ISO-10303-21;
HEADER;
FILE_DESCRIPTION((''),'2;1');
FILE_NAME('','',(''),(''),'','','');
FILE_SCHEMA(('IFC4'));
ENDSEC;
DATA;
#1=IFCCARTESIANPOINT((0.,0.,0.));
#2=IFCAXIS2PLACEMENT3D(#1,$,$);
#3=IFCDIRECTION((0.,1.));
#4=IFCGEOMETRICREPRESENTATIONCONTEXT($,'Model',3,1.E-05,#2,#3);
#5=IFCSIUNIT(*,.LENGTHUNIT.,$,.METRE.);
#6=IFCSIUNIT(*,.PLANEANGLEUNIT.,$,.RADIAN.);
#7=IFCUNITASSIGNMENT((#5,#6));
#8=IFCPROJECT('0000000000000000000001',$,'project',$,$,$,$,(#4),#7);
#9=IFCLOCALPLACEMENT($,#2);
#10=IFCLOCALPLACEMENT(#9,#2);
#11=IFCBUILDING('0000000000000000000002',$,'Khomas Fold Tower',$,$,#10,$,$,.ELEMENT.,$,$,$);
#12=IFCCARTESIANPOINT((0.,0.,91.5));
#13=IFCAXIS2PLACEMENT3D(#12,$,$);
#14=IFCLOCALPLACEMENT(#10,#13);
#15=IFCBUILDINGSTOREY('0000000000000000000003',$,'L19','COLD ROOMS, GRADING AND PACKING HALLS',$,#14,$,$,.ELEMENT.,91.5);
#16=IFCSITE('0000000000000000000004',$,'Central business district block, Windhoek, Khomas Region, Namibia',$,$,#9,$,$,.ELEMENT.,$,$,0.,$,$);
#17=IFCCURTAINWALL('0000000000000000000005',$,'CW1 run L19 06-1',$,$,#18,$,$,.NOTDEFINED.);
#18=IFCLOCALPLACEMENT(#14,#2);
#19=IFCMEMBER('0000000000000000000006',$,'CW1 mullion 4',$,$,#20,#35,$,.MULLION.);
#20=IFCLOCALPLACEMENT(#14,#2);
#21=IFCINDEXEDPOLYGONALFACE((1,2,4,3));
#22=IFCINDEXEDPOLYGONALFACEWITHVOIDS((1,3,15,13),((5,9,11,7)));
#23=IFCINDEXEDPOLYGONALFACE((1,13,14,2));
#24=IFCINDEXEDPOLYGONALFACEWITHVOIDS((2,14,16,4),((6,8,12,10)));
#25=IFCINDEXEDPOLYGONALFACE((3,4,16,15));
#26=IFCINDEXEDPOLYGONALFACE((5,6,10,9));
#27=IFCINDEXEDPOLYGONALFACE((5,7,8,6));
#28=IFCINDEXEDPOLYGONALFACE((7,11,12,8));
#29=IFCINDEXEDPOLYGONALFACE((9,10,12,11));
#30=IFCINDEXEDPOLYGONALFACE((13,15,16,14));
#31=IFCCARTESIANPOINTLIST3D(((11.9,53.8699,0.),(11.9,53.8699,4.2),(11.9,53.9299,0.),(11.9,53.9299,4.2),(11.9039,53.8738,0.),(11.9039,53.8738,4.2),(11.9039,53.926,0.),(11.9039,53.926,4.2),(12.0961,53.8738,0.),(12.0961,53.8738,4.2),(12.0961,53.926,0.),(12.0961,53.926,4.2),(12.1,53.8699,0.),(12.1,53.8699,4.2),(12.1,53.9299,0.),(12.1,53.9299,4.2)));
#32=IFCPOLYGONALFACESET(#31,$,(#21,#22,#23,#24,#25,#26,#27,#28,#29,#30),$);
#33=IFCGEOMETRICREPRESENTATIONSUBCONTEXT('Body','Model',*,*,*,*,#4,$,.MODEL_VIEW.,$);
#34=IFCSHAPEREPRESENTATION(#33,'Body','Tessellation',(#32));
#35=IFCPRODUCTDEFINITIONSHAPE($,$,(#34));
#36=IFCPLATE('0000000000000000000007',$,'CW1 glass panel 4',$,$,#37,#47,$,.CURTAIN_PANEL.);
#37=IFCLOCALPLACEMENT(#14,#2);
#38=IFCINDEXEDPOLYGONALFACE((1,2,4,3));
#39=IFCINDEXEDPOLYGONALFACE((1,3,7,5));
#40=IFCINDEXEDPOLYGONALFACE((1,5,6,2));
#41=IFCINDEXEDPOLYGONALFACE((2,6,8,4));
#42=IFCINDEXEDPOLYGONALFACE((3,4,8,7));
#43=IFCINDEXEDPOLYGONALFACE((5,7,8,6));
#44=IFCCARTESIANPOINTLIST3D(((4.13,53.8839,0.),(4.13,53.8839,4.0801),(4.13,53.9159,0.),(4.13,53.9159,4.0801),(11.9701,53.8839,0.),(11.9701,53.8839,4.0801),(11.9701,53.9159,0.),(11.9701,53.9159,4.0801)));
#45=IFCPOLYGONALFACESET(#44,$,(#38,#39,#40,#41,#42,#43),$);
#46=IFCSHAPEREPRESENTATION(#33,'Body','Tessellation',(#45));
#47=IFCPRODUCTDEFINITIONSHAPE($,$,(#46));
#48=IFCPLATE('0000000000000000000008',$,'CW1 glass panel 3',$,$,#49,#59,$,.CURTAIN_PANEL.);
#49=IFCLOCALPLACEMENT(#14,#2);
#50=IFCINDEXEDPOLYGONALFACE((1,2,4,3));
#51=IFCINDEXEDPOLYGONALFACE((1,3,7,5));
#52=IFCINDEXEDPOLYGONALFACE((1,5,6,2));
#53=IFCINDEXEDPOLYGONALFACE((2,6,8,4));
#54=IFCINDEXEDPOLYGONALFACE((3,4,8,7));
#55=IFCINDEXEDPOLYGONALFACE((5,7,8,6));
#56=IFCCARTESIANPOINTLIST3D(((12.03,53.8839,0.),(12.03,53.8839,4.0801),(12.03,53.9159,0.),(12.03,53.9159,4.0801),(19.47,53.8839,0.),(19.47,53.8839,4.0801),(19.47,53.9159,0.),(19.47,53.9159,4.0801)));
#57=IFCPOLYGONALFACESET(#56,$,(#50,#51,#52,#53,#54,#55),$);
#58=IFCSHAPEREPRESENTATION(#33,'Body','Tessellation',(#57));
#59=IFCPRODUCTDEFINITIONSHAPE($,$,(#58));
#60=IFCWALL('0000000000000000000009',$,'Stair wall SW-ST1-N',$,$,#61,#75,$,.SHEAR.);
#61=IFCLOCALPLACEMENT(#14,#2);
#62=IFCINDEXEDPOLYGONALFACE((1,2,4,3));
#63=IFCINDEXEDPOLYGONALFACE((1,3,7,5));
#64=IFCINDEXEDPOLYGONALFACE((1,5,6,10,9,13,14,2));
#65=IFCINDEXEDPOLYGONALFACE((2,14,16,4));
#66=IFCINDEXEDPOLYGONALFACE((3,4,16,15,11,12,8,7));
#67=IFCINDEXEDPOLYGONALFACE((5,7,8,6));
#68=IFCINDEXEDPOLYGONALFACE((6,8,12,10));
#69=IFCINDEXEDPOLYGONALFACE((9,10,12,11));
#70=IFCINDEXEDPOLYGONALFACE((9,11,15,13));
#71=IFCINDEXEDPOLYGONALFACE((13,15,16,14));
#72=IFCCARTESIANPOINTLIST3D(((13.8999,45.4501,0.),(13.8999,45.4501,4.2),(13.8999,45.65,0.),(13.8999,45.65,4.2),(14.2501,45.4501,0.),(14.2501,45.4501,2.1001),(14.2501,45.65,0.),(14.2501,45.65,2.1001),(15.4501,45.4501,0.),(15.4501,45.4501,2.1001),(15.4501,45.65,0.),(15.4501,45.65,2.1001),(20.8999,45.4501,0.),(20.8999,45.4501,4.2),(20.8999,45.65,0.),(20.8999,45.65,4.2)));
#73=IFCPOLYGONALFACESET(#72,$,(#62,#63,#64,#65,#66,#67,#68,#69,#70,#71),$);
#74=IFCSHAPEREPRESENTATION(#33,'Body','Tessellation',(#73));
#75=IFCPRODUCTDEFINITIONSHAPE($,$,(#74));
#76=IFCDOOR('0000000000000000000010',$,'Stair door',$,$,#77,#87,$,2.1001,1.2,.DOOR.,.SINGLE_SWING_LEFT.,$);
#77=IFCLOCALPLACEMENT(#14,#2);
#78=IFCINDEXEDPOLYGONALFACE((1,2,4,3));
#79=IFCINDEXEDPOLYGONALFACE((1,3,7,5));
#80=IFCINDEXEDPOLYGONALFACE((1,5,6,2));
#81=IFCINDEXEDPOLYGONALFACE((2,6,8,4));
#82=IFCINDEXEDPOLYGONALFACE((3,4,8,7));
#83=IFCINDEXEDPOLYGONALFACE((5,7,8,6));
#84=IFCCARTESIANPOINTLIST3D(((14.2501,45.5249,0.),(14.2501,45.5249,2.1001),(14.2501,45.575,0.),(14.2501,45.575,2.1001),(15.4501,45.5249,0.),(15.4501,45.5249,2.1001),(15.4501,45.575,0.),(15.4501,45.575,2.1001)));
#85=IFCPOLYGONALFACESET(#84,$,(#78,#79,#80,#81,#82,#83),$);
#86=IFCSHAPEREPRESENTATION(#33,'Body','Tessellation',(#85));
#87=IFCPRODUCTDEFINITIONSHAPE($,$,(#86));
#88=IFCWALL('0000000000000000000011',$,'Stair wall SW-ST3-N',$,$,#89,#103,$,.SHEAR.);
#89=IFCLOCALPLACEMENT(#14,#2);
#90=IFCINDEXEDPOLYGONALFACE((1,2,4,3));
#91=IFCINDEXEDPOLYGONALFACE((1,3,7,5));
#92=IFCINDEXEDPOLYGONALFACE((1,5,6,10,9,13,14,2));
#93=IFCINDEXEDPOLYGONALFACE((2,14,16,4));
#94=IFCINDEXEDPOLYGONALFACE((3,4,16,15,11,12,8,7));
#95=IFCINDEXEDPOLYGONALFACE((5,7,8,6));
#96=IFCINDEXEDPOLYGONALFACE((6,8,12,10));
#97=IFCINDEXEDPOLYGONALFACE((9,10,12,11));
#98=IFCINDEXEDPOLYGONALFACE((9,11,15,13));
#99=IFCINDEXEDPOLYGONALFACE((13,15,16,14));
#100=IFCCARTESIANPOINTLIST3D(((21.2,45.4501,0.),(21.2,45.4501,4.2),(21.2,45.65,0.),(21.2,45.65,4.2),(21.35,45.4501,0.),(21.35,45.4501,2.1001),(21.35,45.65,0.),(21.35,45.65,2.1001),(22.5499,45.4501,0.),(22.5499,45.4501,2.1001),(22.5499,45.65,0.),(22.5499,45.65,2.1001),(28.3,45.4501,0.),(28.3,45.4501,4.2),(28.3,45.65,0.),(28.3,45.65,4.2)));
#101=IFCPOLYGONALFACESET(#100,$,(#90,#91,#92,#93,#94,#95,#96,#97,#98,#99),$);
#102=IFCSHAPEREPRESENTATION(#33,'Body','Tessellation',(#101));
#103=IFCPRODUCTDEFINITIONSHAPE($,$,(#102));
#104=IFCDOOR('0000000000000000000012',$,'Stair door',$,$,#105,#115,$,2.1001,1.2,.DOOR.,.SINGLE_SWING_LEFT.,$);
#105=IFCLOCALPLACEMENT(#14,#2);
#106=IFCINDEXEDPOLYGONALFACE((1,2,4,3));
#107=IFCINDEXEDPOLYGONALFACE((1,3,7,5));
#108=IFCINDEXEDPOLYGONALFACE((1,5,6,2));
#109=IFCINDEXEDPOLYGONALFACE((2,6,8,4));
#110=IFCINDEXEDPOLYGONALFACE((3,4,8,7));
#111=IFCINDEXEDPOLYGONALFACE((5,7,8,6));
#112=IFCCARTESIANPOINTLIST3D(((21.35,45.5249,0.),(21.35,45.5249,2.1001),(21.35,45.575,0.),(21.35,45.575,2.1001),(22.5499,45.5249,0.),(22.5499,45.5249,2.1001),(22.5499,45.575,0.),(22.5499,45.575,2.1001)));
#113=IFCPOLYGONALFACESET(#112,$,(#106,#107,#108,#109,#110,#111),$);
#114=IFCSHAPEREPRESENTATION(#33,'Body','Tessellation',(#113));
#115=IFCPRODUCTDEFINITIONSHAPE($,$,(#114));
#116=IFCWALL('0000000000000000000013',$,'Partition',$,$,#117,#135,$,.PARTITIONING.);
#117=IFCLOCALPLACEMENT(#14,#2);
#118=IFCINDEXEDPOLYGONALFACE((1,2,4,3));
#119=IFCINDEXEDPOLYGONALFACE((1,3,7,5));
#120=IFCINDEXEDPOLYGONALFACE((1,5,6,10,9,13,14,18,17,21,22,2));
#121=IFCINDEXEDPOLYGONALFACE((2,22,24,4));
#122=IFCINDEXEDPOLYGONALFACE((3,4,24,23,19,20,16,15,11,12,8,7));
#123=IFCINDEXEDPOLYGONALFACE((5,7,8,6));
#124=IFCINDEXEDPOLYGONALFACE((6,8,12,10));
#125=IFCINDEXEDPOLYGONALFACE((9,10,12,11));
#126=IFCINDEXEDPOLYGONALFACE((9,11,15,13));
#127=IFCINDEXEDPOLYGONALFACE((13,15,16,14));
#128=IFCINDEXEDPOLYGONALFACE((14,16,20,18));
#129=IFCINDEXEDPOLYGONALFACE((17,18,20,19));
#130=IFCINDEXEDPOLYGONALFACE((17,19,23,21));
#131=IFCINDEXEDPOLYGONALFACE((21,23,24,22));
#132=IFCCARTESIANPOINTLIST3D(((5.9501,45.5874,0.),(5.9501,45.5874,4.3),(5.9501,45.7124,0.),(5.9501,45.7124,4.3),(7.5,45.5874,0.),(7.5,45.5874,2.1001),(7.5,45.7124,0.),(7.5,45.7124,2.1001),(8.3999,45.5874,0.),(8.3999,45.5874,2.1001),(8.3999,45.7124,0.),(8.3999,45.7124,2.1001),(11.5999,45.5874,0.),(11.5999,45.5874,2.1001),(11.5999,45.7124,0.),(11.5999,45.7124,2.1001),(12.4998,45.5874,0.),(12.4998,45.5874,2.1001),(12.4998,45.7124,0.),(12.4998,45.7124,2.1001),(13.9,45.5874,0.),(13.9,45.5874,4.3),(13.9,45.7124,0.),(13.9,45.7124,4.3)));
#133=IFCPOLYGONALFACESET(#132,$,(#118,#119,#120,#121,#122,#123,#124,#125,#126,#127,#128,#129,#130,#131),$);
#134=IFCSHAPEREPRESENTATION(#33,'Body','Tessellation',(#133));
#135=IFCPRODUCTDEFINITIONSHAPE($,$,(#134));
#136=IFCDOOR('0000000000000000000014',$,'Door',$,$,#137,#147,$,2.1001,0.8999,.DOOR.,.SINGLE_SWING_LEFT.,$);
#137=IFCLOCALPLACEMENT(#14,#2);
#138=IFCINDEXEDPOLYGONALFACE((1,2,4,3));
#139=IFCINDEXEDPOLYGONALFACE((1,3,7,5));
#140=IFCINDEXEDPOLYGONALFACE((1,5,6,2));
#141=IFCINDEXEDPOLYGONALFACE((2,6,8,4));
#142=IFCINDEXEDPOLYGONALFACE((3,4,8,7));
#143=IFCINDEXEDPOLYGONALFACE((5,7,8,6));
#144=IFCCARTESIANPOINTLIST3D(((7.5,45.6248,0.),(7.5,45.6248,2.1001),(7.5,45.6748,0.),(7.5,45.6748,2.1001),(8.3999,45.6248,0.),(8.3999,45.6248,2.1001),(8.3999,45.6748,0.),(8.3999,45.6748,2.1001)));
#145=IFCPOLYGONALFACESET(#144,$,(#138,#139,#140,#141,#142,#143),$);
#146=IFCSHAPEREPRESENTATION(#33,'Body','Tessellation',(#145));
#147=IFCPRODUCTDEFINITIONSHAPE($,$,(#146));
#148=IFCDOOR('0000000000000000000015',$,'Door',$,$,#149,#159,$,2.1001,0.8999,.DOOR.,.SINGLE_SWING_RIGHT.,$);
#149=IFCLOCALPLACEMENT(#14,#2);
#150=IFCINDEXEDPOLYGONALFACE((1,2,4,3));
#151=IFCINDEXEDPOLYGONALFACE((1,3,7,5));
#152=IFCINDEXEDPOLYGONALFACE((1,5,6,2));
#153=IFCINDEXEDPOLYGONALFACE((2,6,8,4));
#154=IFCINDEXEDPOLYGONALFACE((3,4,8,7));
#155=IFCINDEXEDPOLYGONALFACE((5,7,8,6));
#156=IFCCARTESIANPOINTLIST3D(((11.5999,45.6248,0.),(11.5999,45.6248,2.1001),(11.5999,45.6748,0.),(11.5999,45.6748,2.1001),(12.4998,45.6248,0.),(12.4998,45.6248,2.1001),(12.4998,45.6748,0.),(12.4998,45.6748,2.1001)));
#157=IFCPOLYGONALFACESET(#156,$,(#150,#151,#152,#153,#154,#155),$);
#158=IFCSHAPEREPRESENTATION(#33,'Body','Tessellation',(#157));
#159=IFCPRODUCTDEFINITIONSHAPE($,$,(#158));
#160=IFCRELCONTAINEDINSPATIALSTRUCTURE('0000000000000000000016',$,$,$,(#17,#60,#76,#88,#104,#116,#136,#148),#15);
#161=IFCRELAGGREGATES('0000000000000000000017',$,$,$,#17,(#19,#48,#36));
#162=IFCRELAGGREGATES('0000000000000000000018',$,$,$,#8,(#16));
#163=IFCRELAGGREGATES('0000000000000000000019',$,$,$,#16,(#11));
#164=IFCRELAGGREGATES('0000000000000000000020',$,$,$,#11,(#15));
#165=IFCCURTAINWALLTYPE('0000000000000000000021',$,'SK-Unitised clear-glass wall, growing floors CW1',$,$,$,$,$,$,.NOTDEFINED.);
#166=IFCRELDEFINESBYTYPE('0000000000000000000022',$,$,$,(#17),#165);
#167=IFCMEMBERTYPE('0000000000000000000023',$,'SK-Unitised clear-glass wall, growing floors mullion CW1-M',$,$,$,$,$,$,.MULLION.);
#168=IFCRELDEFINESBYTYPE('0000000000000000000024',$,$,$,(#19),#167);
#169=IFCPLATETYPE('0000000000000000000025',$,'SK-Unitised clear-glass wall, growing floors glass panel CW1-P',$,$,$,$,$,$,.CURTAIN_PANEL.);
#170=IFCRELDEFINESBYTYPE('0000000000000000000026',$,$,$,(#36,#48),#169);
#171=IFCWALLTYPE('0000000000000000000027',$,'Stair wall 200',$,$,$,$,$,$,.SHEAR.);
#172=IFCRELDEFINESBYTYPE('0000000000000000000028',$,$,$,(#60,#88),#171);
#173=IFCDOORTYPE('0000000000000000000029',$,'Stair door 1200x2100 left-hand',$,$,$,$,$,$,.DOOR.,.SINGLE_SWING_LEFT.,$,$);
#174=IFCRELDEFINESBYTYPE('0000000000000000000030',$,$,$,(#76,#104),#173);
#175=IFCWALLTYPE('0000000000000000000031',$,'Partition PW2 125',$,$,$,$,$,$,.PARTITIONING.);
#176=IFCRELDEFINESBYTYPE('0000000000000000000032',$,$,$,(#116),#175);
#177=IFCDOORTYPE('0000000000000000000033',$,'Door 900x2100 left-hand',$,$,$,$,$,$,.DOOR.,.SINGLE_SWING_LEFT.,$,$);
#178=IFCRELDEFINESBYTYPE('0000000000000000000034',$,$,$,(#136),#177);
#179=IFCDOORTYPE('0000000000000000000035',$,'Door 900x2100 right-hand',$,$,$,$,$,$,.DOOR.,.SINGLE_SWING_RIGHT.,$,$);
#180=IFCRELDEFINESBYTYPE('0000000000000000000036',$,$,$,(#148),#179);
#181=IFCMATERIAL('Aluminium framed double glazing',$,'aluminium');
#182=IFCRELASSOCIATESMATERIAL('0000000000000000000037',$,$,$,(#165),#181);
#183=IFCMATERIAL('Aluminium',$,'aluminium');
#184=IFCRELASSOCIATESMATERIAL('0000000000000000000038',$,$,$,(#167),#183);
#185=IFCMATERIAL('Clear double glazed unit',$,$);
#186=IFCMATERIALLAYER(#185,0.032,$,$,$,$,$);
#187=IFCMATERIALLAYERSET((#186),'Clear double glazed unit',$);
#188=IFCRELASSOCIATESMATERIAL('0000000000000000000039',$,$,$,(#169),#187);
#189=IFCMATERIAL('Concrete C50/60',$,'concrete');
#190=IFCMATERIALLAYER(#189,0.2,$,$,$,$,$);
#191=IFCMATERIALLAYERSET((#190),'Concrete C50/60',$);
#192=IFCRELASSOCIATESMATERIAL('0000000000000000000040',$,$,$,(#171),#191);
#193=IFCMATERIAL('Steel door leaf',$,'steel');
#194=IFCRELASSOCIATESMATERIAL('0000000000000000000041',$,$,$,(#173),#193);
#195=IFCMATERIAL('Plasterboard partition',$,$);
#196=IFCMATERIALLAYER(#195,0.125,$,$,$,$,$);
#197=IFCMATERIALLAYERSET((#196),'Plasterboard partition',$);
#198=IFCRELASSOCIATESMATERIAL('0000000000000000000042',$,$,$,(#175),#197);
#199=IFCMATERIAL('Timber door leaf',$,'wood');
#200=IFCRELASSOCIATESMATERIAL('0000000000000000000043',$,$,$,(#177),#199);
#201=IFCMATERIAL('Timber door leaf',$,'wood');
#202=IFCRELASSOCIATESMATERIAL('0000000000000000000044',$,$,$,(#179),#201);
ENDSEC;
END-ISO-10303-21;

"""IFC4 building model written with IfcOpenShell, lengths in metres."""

from ifc_helpers import new_model, si_unit, direction, frame, frame_2d, origin, origin_2d, place, context, subcontext, project, spatial, rectangle, hollow_rectangle, extrude, source, transform, mapped, material, layer, layer_set, material_profile, profile_set, type_object, element, fill, aggregate, save


model = new_model("IFC4")

# Units and contexts
model_context = context("Model", 3, precision=1e-05, world=origin(), true_north=direction((0.0, 1.0)))
body_context = subcontext(model_context, "Body", "Model", "MODEL_VIEW")
ifc_project = project(units=[si_unit("LENGTHUNIT", "METRE"), si_unit("PLANEANGLEUNIT", "RADIAN")], contexts=[model_context])

# Site, building, storey
site_placement = place(None, origin())
site = spatial("IfcSite", under=ifc_project, at=site_placement, Name="Central business district block, Windhoek, Khomas Region, Namibia", CompositionType="ELEMENT", RefElevation=0.0)
building_placement = place(site_placement, origin())
building = spatial("IfcBuilding", under=site, at=building_placement, Name="Khomas Fold Tower", CompositionType="ELEMENT")
storey_placement = place(building_placement, frame((0.0, 0.0, 91.5)))
storey = spatial("IfcBuildingStorey", under=building, at=storey_placement, Name="L19", Description="COLD ROOMS, GRADING AND PACKING HALLS", CompositionType="ELEMENT", Elevation=91.5)

# Curtain wall, member, plates
ifc_material_1 = material(Name="Aluminium framed double glazing", Category="aluminium")
curtain_wall_type = type_object("IfcCurtainWallType", Name="SK-Unitised clear-glass wall, growing floors CW1", PredefinedType="NOTDEFINED", material=ifc_material_1)
curtain_wall_placement = place(storey_placement, origin())
curtain_wall = element("IfcCurtainWall", 1, at=curtain_wall_placement, inside=storey, type_object=curtain_wall_type, Name="CW1 run L19 06-1", PredefinedType="NOTDEFINED")
ifc_material_2 = material(Name="Aluminium", Category="aluminium")
ifc_material_profile_1 = material_profile(ifc_material_2, hollow_rectangle(XDim=0.0601, YDim=0.2, WallThickness=0.0039, at=origin_2d()), Name="SK-Unitised clear-glass wall, growing floors mullion CW1-M")
ifc_profile_set_1 = profile_set([ifc_material_profile_1], Name="Aluminium")
member_type_1 = type_object("IfcMemberType", Name="SK-Unitised clear-glass wall, growing floors mullion CW1-M", PredefinedType="MULLION", material=ifc_profile_set_1)
shared_shape_1 = source(origin(), body_context, "Body", "SweptSolid", [
    extrude(hollow_rectangle(XDim=0.0601, YDim=0.2, WallThickness=0.0039, at=origin_2d()), origin(), (0.0, 0.0, 1.0), 4.2),
])
member_1_placement = place(storey_placement, frame((12.0, 53.8999, 0.0), z_axis=(0.0, 0.0, 1.0), x_axis=(0.0, -1.0, 0.0)))
member_1 = element("IfcMember", 2, at=member_1_placement, type_object=member_type_1, Name="CW1 mullion 4", PredefinedType="MULLION", context=body_context, shape_type="MappedRepresentation", body=[
    mapped(shared_shape_1, transform((0.0, 0.0, 0.0))),
])
ifc_material_3 = material(Name="Clear double glazed unit")
ifc_layer_1 = layer(ifc_material_3, 0.032)
ifc_layer_set_1 = layer_set([ifc_layer_1], Name="Clear double glazed unit")
plate_type = type_object("IfcPlateType", Name="SK-Unitised clear-glass wall, growing floors glass panel CW1-P", PredefinedType="CURTAIN_PANEL", material=ifc_layer_set_1)
shared_shape_2 = source(origin(), body_context, "Body", "SweptSolid", [
    extrude(rectangle(XDim=7.8401, YDim=0.032, at=origin_2d()), origin(), (0.0, 0.0, 1.0), 4.0801),
])
plate_1_placement = place(storey_placement, frame((8.05, 53.8999, 0.0), z_axis=(0.0, 0.0, 1.0), x_axis=(-1.0, 0.0, 0.0)))
plate_1 = element("IfcPlate", 3, at=plate_1_placement, type_object=plate_type, Name="CW1 glass panel 4", PredefinedType="CURTAIN_PANEL", context=body_context, shape_type="MappedRepresentation", body=[
    mapped(shared_shape_2, transform((0.0, 0.0, 0.0))),
])
shared_shape_3 = source(origin(), body_context, "Body", "SweptSolid", [
    extrude(rectangle(XDim=7.4399, YDim=0.032, at=origin_2d()), origin(), (0.0, 0.0, 1.0), 4.0801),
])
plate_2_placement = place(storey_placement, frame((15.75, 53.8999, 0.0), z_axis=(0.0, 0.0, 1.0), x_axis=(-1.0, 0.0, 0.0)))
plate_2 = element("IfcPlate", 4, at=plate_2_placement, type_object=plate_type, Name="CW1 glass panel 3", PredefinedType="CURTAIN_PANEL", context=body_context, shape_type="MappedRepresentation", body=[
    mapped(shared_shape_3, transform((0.0, 0.0, 0.0))),
])
aggregate(curtain_wall, [member_1, plate_2, plate_1])

# Walls, openings, doors
ifc_material_4 = material(Name="Concrete C50/60", Category="concrete")
ifc_layer_2 = layer(ifc_material_4, 0.2)
ifc_layer_set_2 = layer_set([ifc_layer_2], Name="Concrete C50/60")
wall_type_1 = type_object("IfcWallType", Name="Stair wall 200", PredefinedType="SHEAR", material=ifc_layer_set_2)
shared_shape_4 = source(origin(), body_context, "Body", "SweptSolid", [
    extrude(rectangle(XDim=7.0, YDim=0.2, at=frame_2d((3.5, 0.0))), origin(), (0.0, 0.0, 1.0), 4.2),
])
wall_1_placement = place(storey_placement, frame((13.8999, 45.55, 0.0), z_axis=(0.0, 0.0, 1.0), x_axis=(1.0, 0.0, 0.0)))
wall_1 = element("IfcWall", 5, at=wall_1_placement, inside=storey, type_object=wall_type_1, Name="Stair wall SW-ST1-N", PredefinedType="SHEAR", context=body_context, shape_type="MappedRepresentation", body=[
    mapped(shared_shape_4, transform((0.0, 0.0, 0.0))),
])
shared_shape_5 = source(origin(), body_context, "Body", "SweptSolid", [
    extrude(rectangle(XDim=1.2, YDim=2.1001, at=frame_2d((0.6001, 1.05))), frame((0.0, 0.1099, 0.0), z_axis=(0.0, -1.0, 0.0), x_axis=(1.0, 0.0, 0.0)), (0.0, 0.0, 1.0), 0.22),
])
opening_1_placement = place(wall_1_placement, frame((0.3501, 0.0, 0.0)))
opening_1 = element("IfcOpeningElement", 6, at=opening_1_placement, cuts=wall_1, PredefinedType="OPENING", context=body_context, shape_type="MappedRepresentation", body=[
    mapped(shared_shape_5, transform((0.0, 0.0, 0.0))),
])
ifc_material_5 = material(Name="Steel door leaf", Category="steel")
door_type_1 = type_object("IfcDoorType", Name="Stair door 1200x2100 left-hand", OperationType="SINGLE_SWING_LEFT", PredefinedType="DOOR", material=ifc_material_5)
shared_shape_6 = source(origin(), body_context, "Body", "SweptSolid", [
    extrude(rectangle(XDim=1.2, YDim=2.1001, at=frame_2d((0.6001, 1.05))), frame((0.0, 0.0249, 0.0), z_axis=(0.0, -1.0, 0.0), x_axis=(1.0, 0.0, 0.0)), (0.0, 0.0, 1.0), 0.05),
])
door_1_placement = place(opening_1_placement, origin())
door_1 = element("IfcDoor", 7, at=door_1_placement, inside=storey, type_object=door_type_1, Name="Stair door", OperationType="SINGLE_SWING_LEFT", OverallHeight=2.1001, OverallWidth=1.2, PredefinedType="DOOR", context=body_context, shape_type="MappedRepresentation", body=[
    mapped(shared_shape_6, transform((0.0, 0.0, 0.0))),
])
fill(opening_1, door_1)
shared_shape_7 = source(origin(), body_context, "Body", "SweptSolid", [
    extrude(rectangle(XDim=7.1001, YDim=0.2, at=frame_2d((3.55, 0.0))), origin(), (0.0, 0.0, 1.0), 4.2),
])
wall_2_placement = place(storey_placement, frame((21.2, 45.55, 0.0), z_axis=(0.0, 0.0, 1.0), x_axis=(1.0, 0.0, 0.0)))
wall_2 = element("IfcWall", 8, at=wall_2_placement, inside=storey, type_object=wall_type_1, Name="Stair wall SW-ST3-N", PredefinedType="SHEAR", context=body_context, shape_type="MappedRepresentation", body=[
    mapped(shared_shape_7, transform((0.0, 0.0, 0.0))),
])
opening_2_placement = place(wall_2_placement, frame((0.1499, 0.0, 0.0)))
opening_2 = element("IfcOpeningElement", 9, at=opening_2_placement, cuts=wall_2, PredefinedType="OPENING", context=body_context, shape_type="MappedRepresentation", body=[
    mapped(shared_shape_5, transform((0.0, 0.0, 0.0))),
])
door_2_placement = place(opening_2_placement, origin())
door_2 = element("IfcDoor", 10, at=door_2_placement, inside=storey, type_object=door_type_1, Name="Stair door", OperationType="SINGLE_SWING_LEFT", OverallHeight=2.1001, OverallWidth=1.2, PredefinedType="DOOR", context=body_context, shape_type="MappedRepresentation", body=[
    mapped(shared_shape_6, transform((0.0, 0.0, 0.0))),
])
fill(opening_2, door_2)

# Wall, openings, doors
ifc_material_6 = material(Name="Plasterboard partition")
ifc_layer_3 = layer(ifc_material_6, 0.125)
ifc_layer_set_3 = layer_set([ifc_layer_3], Name="Plasterboard partition")
wall_type_2 = type_object("IfcWallType", Name="Partition PW2 125", PredefinedType="PARTITIONING", material=ifc_layer_set_3)
shared_shape_8 = source(origin(), body_context, "Body", "SweptSolid", [
    extrude(rectangle(XDim=7.95, YDim=0.125, at=frame_2d((3.9751, 0.0))), origin(), (0.0, 0.0, 1.0), 4.3),
])
wall_3_placement = place(storey_placement, frame((5.95, 45.6499, 0.0), z_axis=(0.0, 0.0, 1.0), x_axis=(1.0, 0.0, 0.0)))
wall_3 = element("IfcWall", 11, at=wall_3_placement, inside=storey, type_object=wall_type_2, Name="Partition", PredefinedType="PARTITIONING", context=body_context, shape_type="MappedRepresentation", body=[
    mapped(shared_shape_8, transform((0.0, 0.0, 0.0))),
])
shared_shape_9 = source(origin(), body_context, "Body", "SweptSolid", [
    extrude(rectangle(XDim=0.8999, YDim=2.1001, at=frame_2d((0.45, 1.05))), frame((0.0, 0.0725, 0.0), z_axis=(0.0, -1.0, 0.0), x_axis=(1.0, 0.0, 0.0)), (0.0, 0.0, 1.0), 0.145),
])
opening_3_placement = place(wall_3_placement, frame((1.55, 0.0, 0.0)))
opening_3 = element("IfcOpeningElement", 12, at=opening_3_placement, cuts=wall_3, PredefinedType="OPENING", context=body_context, shape_type="MappedRepresentation", body=[
    mapped(shared_shape_9, transform((0.0, 0.0, 0.0))),
])
opening_4_placement = place(wall_3_placement, frame((5.6499, 0.0, 0.0)))
opening_4 = element("IfcOpeningElement", 13, at=opening_4_placement, cuts=wall_3, PredefinedType="OPENING", context=body_context, shape_type="MappedRepresentation", body=[
    mapped(shared_shape_9, transform((0.0, 0.0, 0.0))),
])
ifc_material_7 = material(Name="Timber door leaf", Category="wood")
door_type_2 = type_object("IfcDoorType", Name="Door 900x2100 left-hand", OperationType="SINGLE_SWING_LEFT", PredefinedType="DOOR", material=ifc_material_7)
shared_shape_10 = source(origin(), body_context, "Body", "SweptSolid", [
    extrude(rectangle(XDim=0.8999, YDim=2.1001, at=frame_2d((0.45, 1.05))), frame((0.0, 0.0249, 0.0), z_axis=(0.0, -1.0, 0.0), x_axis=(1.0, 0.0, 0.0)), (0.0, 0.0, 1.0), 0.05),
])
door_3_placement = place(opening_3_placement, origin())
door_3 = element("IfcDoor", 14, at=door_3_placement, inside=storey, type_object=door_type_2, Name="Door", OperationType="SINGLE_SWING_LEFT", OverallHeight=2.1001, OverallWidth=0.8999, PredefinedType="DOOR", context=body_context, shape_type="MappedRepresentation", body=[
    mapped(shared_shape_10, transform((0.0, 0.0, 0.0))),
])
fill(opening_3, door_3)
ifc_material_8 = material(Name="Timber door leaf", Category="wood")
door_type_3 = type_object("IfcDoorType", Name="Door 900x2100 right-hand", OperationType="SINGLE_SWING_RIGHT", PredefinedType="DOOR", material=ifc_material_8)
door_4_placement = place(opening_4_placement, origin())
door_4 = element("IfcDoor", 15, at=door_4_placement, inside=storey, type_object=door_type_3, Name="Door", OperationType="SINGLE_SWING_RIGHT", OverallHeight=2.1001, OverallWidth=0.8999, PredefinedType="DOOR", context=body_context, shape_type="MappedRepresentation", body=[
    mapped(shared_shape_10, transform((0.0, 0.0, 0.0))),
])
fill(opening_4, door_4)

save(model, "model.ifc")
